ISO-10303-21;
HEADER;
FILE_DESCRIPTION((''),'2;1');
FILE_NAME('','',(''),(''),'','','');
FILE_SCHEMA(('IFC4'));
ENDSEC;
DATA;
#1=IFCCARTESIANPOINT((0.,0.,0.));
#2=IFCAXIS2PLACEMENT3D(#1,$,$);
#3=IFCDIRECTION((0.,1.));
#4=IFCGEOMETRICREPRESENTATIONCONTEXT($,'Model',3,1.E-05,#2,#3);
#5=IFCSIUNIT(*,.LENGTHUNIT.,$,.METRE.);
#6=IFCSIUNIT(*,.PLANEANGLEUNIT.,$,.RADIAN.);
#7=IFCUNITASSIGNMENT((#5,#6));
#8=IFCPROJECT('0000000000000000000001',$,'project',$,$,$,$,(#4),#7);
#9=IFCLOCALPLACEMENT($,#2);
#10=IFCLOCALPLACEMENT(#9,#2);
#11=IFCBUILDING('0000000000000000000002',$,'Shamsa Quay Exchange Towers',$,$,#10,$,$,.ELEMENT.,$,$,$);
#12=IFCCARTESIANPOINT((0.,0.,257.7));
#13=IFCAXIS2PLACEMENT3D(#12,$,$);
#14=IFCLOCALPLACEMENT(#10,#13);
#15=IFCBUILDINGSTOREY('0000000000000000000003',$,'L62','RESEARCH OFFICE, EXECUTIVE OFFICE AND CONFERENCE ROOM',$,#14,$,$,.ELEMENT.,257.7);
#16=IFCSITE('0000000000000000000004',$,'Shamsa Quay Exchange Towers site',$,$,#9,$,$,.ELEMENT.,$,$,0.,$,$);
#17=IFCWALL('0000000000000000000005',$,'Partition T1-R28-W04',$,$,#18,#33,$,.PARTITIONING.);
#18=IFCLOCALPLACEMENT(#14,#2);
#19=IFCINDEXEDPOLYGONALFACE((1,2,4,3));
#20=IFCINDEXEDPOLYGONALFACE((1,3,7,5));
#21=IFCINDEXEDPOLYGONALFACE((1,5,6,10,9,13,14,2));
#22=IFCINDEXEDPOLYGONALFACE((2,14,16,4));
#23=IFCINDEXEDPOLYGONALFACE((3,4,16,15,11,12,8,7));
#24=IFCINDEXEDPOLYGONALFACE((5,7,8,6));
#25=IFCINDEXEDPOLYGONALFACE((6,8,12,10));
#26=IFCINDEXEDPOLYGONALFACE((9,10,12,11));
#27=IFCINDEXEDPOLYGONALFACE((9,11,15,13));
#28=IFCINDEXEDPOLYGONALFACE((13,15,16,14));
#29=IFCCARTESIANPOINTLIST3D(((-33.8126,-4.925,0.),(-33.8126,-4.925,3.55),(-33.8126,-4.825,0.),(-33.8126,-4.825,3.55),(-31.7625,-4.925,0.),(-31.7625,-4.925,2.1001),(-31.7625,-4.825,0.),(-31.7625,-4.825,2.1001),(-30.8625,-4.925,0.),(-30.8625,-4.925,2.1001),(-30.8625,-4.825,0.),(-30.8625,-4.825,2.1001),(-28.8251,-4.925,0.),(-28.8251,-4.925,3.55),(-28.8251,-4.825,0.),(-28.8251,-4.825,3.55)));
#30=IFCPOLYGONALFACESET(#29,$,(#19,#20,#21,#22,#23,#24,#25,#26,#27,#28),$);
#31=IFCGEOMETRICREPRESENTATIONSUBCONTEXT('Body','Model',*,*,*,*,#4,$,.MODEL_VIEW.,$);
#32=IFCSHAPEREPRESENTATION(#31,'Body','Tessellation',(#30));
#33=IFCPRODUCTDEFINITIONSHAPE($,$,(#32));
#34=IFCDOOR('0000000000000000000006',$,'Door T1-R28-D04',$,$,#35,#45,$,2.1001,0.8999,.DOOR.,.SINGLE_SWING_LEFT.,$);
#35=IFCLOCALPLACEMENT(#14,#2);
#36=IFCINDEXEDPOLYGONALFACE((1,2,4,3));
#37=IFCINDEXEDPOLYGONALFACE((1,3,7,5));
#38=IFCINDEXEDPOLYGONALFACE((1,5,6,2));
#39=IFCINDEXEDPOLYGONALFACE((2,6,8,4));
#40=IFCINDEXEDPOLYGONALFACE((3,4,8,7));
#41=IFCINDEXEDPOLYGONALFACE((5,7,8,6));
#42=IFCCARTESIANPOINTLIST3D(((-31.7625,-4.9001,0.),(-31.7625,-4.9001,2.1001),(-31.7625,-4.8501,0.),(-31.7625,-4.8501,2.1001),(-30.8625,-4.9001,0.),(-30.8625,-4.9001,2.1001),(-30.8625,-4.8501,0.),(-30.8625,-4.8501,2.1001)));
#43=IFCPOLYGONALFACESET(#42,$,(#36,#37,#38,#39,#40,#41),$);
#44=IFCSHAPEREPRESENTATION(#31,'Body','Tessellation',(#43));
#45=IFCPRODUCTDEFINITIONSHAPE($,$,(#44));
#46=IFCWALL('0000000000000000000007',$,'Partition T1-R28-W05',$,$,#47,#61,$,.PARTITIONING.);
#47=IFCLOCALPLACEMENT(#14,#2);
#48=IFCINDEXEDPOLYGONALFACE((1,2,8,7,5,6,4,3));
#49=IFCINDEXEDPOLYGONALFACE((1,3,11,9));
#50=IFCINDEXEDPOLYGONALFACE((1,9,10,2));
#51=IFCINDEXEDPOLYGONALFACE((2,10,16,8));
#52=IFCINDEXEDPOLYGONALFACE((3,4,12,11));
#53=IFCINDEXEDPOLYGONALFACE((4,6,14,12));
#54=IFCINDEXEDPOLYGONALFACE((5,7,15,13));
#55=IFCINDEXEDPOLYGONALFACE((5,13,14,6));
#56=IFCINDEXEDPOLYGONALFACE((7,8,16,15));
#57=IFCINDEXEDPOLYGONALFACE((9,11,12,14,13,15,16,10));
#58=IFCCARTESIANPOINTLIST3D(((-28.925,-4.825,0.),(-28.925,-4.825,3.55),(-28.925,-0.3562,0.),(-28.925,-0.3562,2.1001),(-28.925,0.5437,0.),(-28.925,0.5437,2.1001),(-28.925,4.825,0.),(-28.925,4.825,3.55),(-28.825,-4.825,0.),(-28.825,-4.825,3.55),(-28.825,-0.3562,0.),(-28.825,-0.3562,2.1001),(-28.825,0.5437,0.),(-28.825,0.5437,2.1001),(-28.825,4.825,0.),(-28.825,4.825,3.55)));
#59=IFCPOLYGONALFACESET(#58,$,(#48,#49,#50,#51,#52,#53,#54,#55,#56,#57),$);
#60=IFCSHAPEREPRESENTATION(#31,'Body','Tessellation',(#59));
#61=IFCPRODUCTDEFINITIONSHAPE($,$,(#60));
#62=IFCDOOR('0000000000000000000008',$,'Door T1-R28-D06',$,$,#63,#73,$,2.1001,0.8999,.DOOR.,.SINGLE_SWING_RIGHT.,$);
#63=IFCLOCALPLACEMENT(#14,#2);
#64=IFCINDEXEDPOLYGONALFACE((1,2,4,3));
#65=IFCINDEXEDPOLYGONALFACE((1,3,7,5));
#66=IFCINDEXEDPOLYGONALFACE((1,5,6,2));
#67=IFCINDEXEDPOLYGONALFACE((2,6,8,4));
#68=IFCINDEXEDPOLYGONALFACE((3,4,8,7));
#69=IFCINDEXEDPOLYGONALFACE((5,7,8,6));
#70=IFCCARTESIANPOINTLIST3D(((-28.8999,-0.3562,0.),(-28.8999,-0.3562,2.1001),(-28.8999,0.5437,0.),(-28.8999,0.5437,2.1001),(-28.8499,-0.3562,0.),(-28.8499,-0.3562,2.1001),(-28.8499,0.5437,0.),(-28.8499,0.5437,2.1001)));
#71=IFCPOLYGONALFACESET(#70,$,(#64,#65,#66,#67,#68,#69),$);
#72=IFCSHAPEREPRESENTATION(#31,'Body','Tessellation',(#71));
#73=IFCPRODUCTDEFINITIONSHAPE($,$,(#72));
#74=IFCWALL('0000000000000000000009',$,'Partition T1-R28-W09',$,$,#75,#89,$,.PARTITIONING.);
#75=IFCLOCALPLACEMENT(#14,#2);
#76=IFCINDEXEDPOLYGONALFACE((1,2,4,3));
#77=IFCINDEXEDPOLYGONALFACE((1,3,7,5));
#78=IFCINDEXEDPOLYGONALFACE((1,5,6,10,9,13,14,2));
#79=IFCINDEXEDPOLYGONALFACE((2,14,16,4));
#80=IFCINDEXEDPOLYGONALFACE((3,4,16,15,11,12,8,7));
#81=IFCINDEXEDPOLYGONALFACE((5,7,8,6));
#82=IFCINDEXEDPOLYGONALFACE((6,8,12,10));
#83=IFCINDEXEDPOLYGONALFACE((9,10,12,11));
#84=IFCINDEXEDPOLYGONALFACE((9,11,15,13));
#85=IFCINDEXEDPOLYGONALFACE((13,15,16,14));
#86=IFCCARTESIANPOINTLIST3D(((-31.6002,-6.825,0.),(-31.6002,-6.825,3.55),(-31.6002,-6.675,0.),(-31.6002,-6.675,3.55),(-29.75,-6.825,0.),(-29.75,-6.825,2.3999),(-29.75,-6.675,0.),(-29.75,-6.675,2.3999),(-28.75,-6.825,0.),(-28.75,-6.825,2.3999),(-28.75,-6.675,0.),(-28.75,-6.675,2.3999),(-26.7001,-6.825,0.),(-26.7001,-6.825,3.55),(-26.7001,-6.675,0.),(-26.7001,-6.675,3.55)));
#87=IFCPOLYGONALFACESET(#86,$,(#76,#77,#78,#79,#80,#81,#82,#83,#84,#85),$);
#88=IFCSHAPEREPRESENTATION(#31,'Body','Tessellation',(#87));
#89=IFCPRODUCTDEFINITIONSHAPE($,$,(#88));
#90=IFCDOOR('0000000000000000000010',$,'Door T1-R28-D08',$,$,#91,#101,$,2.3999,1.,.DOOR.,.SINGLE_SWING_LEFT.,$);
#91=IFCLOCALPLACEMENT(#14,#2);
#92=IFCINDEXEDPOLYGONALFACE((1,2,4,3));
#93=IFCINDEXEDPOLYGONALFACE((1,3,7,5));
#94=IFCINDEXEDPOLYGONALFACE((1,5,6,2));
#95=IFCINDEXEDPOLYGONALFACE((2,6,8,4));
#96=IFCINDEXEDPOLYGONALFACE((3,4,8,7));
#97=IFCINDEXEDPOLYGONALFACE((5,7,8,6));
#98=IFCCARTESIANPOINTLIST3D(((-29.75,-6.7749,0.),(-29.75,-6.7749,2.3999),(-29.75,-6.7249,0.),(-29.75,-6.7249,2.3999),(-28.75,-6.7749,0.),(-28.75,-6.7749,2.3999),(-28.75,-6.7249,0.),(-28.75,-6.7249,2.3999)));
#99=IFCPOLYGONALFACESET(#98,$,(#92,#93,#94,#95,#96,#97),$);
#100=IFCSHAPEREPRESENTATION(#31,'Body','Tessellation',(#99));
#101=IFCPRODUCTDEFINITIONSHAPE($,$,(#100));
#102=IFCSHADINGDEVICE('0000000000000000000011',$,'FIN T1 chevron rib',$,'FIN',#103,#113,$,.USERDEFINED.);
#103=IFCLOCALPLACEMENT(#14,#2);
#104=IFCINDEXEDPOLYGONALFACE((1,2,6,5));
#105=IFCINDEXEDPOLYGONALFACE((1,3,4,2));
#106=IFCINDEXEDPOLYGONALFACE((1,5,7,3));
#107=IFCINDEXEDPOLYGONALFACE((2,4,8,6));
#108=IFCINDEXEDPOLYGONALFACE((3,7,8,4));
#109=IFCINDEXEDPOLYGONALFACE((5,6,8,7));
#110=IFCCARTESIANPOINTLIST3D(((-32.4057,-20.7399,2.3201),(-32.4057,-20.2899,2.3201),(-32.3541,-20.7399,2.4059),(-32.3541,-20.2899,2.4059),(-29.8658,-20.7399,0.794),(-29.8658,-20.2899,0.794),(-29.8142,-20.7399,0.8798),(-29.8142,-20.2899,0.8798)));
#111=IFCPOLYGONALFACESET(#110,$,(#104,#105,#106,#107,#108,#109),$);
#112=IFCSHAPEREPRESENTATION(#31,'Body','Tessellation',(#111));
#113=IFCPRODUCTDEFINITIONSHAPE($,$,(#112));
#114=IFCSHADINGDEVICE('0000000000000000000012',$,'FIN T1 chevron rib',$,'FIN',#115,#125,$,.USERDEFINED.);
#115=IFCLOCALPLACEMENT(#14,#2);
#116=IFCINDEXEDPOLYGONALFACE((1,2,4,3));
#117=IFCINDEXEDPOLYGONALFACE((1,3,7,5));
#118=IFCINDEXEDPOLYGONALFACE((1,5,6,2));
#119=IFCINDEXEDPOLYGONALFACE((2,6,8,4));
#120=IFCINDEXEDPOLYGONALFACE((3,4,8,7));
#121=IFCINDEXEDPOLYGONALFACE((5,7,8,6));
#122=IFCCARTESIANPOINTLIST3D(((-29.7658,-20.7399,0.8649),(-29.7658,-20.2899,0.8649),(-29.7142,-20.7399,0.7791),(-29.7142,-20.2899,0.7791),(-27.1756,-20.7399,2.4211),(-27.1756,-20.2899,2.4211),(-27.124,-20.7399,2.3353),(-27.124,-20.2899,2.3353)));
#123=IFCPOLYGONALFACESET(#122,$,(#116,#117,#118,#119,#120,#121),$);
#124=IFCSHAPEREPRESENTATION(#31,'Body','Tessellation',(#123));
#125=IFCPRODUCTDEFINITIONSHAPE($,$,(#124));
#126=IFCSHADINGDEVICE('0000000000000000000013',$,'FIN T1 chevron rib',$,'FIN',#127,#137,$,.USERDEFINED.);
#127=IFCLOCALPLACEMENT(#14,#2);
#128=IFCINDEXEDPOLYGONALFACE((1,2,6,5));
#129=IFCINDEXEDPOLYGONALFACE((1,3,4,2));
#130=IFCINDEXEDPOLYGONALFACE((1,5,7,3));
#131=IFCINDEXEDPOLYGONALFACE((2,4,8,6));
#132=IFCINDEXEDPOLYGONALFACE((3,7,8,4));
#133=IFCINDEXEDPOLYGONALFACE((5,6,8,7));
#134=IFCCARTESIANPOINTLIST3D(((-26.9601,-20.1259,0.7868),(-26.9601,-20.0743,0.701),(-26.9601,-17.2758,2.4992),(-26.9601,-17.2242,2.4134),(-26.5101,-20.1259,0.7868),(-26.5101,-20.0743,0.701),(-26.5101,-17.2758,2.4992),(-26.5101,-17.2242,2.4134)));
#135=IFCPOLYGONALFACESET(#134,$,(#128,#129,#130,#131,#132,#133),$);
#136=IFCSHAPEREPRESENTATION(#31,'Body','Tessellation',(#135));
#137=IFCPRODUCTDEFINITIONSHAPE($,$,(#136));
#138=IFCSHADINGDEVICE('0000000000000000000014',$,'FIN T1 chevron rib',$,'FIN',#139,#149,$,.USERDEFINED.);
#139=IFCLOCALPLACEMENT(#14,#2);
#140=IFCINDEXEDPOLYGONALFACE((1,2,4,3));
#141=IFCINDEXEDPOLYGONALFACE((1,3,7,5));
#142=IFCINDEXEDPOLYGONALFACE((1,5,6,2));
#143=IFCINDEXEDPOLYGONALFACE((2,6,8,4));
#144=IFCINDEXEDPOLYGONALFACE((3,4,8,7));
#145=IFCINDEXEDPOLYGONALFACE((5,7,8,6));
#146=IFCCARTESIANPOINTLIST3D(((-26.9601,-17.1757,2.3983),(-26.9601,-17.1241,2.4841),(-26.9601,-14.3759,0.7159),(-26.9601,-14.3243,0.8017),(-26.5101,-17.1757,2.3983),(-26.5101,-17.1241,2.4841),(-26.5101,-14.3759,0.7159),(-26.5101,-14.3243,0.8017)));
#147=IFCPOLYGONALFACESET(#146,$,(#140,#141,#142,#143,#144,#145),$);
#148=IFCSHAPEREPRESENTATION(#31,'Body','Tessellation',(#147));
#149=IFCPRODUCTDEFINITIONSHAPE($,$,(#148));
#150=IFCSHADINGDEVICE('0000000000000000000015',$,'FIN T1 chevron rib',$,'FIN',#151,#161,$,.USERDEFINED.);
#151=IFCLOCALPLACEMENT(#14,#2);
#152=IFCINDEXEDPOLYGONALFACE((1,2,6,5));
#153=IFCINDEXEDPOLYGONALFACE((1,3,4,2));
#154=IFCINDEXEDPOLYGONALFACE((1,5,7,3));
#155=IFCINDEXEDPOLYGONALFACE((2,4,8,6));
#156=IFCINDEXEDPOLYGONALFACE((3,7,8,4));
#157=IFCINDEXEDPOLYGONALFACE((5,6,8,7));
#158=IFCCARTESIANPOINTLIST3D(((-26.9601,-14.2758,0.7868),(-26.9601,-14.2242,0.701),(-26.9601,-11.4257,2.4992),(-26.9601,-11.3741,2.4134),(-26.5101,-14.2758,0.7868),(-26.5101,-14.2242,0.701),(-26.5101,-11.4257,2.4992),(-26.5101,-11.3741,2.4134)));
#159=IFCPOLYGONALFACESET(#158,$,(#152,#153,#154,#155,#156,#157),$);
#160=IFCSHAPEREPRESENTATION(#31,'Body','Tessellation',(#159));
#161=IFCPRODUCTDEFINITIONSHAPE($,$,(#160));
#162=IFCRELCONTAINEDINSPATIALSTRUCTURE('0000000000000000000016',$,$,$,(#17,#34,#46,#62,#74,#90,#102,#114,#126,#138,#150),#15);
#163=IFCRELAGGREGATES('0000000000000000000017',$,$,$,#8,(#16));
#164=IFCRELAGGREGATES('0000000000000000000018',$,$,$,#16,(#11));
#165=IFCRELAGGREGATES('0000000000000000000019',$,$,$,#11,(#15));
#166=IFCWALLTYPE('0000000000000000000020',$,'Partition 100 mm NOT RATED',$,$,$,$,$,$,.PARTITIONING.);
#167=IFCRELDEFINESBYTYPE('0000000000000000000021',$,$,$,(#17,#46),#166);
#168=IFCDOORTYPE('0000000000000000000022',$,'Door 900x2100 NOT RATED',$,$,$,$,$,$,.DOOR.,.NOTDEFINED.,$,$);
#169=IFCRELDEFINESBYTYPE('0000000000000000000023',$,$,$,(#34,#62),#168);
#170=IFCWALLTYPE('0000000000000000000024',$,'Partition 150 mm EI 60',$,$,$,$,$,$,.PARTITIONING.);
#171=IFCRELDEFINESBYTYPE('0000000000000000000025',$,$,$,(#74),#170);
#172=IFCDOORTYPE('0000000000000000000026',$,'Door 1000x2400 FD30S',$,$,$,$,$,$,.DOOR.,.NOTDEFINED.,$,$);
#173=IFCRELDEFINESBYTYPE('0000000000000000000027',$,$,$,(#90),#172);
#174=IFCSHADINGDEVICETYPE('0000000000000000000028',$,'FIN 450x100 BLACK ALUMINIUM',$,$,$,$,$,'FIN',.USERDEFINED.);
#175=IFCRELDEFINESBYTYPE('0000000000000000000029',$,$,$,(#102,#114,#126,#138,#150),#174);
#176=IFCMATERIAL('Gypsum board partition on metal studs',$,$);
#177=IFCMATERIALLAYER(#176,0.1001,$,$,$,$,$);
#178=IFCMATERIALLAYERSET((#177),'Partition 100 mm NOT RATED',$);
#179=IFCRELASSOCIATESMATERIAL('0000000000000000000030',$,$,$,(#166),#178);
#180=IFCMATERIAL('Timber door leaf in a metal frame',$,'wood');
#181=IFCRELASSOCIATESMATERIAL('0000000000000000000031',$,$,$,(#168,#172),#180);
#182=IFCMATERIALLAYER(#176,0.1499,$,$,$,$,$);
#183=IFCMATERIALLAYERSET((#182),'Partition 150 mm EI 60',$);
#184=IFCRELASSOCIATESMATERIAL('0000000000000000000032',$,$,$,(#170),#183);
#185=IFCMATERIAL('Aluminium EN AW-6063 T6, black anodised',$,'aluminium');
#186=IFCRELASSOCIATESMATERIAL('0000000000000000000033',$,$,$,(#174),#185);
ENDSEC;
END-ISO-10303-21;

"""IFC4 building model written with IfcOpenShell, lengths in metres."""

from ifc_helpers import new_model, si_unit, direction, frame, frame_2d, origin, origin_2d, place, context, subcontext, project, spatial, rectangle, extrude, material, layer, layer_set, material_profile, profile_set, type_object, element, fill, save


model = new_model("IFC4")

# Units and contexts
model_context = context("Model", 3, precision=1e-05, world=origin(), true_north=direction((0.0, 1.0)))
body_context = subcontext(model_context, "Body", "Model", "MODEL_VIEW")
ifc_project = project(units=[si_unit("LENGTHUNIT", "METRE"), si_unit("PLANEANGLEUNIT", "RADIAN")], contexts=[model_context])

# Site, building, storey
site_placement = place(None, origin())
site = spatial("IfcSite", under=ifc_project, at=site_placement, Name="Shamsa Quay Exchange Towers site", CompositionType="ELEMENT", RefElevation=0.0)
building_placement = place(site_placement, origin())
building = spatial("IfcBuilding", under=site, at=building_placement, Name="Shamsa Quay Exchange Towers", CompositionType="ELEMENT")
storey_placement = place(building_placement, frame((0.0, 0.0, 257.7)))
storey = spatial("IfcBuildingStorey", under=building, at=storey_placement, Name="L62", Description="RESEARCH OFFICE, EXECUTIVE OFFICE AND CONFERENCE ROOM", CompositionType="ELEMENT", Elevation=257.7)

# Shared definitions
ifc_material_1 = material(Name="Aluminium EN AW-6063 T6, black anodised", Category="aluminium")

# Shared definitions
ifc_material_2 = material(Name="Timber door leaf in a metal frame", Category="wood")

# Walls, openings, doors
ifc_material_3 = material(Name="Gypsum board partition on metal studs")
ifc_layer_1 = layer(ifc_material_3, 0.1001)
ifc_layer_set_1 = layer_set([ifc_layer_1], Name="Partition 100 mm NOT RATED")
wall_type_1 = type_object("IfcWallType", Name="Partition 100 mm NOT RATED", PredefinedType="PARTITIONING", material=ifc_layer_set_1)
wall_1_placement = place(storey_placement, frame((-33.8125, -4.875, 0.0)))
wall_1 = element("IfcWall", 1, at=wall_1_placement, inside=storey, type_object=wall_type_1, Name="Partition T1-R28-W04", PredefinedType="PARTITIONING", context=body_context, shape_type="SweptSolid", body=[
    extrude(rectangle(XDim=4.9875, YDim=0.1001, at=frame_2d((2.4937, 0.0))), origin(), (0.0, 0.0, 1.0), 3.55),
])
opening_1_placement = place(wall_1_placement, frame((2.05, 0.0, 0.0)))
opening_1 = element("IfcOpeningElement", 2, at=opening_1_placement, cuts=wall_1, PredefinedType="OPENING", context=body_context, shape_type="SweptSolid", body=[
    extrude(rectangle(XDim=0.8999, YDim=2.1001, at=frame_2d((0.45, 1.05))), frame((0.0, 0.0601, 0.0), z_axis=(0.0, -1.0, 0.0), x_axis=(1.0, 0.0, 0.0)), (0.0, 0.0, 1.0), 0.1201),
])
door_type_1 = type_object("IfcDoorType", Name="Door 900x2100 NOT RATED", OperationType="NOTDEFINED", PredefinedType="DOOR", material=ifc_material_2)
door_1_placement = place(opening_1_placement, origin())
door_1 = element("IfcDoor", 3, at=door_1_placement, inside=storey, type_object=door_type_1, Name="Door T1-R28-D04", OperationType="SINGLE_SWING_LEFT", OverallHeight=2.1001, OverallWidth=0.8999, PredefinedType="DOOR", context=body_context, shape_type="SweptSolid", body=[
    extrude(rectangle(XDim=0.8999, YDim=2.1001, at=frame_2d((0.45, 1.05))), frame((0.0, 0.0249, 0.0), z_axis=(0.0, -1.0, 0.0), x_axis=(1.0, 0.0, 0.0)), (0.0, 0.0, 1.0), 0.05),
])
fill(opening_1, door_1)
wall_2_placement = place(storey_placement, frame((-28.875, -4.825, 0.0), z_axis=(0.0, 0.0, 1.0), x_axis=(0.0, 1.0, 0.0)))
wall_2 = element("IfcWall", 4, at=wall_2_placement, inside=storey, type_object=wall_type_1, Name="Partition T1-R28-W05", PredefinedType="PARTITIONING", context=body_context, shape_type="SweptSolid", body=[
    extrude(rectangle(XDim=9.6499, YDim=0.1001, at=frame_2d((4.825, 0.0))), origin(), (0.0, 0.0, 1.0), 3.55),
])
opening_2_placement = place(wall_2_placement, frame((4.4688, 0.0, 0.0)))
opening_2 = element("IfcOpeningElement", 5, at=opening_2_placement, cuts=wall_2, PredefinedType="OPENING", context=body_context, shape_type="SweptSolid", body=[
    extrude(rectangle(XDim=0.8999, YDim=2.1001, at=frame_2d((0.45, 1.05))), frame((0.0, 0.0601, 0.0), z_axis=(0.0, -1.0, 0.0), x_axis=(1.0, 0.0, 0.0)), (0.0, 0.0, 1.0), 0.1201),
])
door_2_placement = place(opening_2_placement, origin())
door_2 = element("IfcDoor", 6, at=door_2_placement, inside=storey, type_object=door_type_1, Name="Door T1-R28-D06", OperationType="SINGLE_SWING_RIGHT", OverallHeight=2.1001, OverallWidth=0.8999, PredefinedType="DOOR", context=body_context, shape_type="SweptSolid", body=[
    extrude(rectangle(XDim=0.8999, YDim=2.1001, at=frame_2d((0.45, 1.05))), frame((0.0, 0.0249, 0.0), z_axis=(0.0, -1.0, 0.0), x_axis=(1.0, 0.0, 0.0)), (0.0, 0.0, 1.0), 0.05),
])
fill(opening_2, door_2)
ifc_layer_2 = layer(ifc_material_3, 0.1499)
ifc_layer_set_2 = layer_set([ifc_layer_2], Name="Partition 150 mm EI 60")
wall_type_2 = type_object("IfcWallType", Name="Partition 150 mm EI 60", PredefinedType="PARTITIONING", material=ifc_layer_set_2)
wall_3_placement = place(storey_placement, frame((-26.7, -6.75, 0.0), z_axis=(0.0, 0.0, 1.0), x_axis=(-1.0, 0.0, 0.0)))
wall_3 = element("IfcWall", 7, at=wall_3_placement, inside=storey, type_object=wall_type_2, Name="Partition T1-R28-W09", PredefinedType="PARTITIONING", context=body_context, shape_type="SweptSolid", body=[
    extrude(rectangle(XDim=4.9001, YDim=0.1499, at=frame_2d((2.4502, 0.0))), origin(), (0.0, 0.0, 1.0), 3.55),
])
opening_3_placement = place(wall_3_placement, frame((2.05, 0.0, 0.0)))
opening_3 = element("IfcOpeningElement", 8, at=opening_3_placement, cuts=wall_3, PredefinedType="OPENING", context=body_context, shape_type="SweptSolid", body=[
    extrude(rectangle(XDim=1.0, YDim=2.3999, at=frame_2d((0.5, 1.2))), frame((0.0, 0.085, 0.0), z_axis=(0.0, -1.0, 0.0), x_axis=(1.0, 0.0, 0.0)), (0.0, 0.0, 1.0), 0.1699),
])
door_type_2 = type_object("IfcDoorType", Name="Door 1000x2400 FD30S", OperationType="NOTDEFINED", PredefinedType="DOOR", material=ifc_material_2)
door_3_placement = place(opening_3_placement, origin())
door_3 = element("IfcDoor", 9, at=door_3_placement, inside=storey, type_object=door_type_2, Name="Door T1-R28-D08", OperationType="SINGLE_SWING_LEFT", OverallHeight=2.3999, OverallWidth=1.0, PredefinedType="DOOR", context=body_context, shape_type="SweptSolid", body=[
    extrude(rectangle(XDim=1.0, YDim=2.3999, at=frame_2d((0.5, 1.2))), frame((0.0, 0.0249, 0.0), z_axis=(0.0, -1.0, 0.0), x_axis=(1.0, 0.0, 0.0)), (0.0, 0.0, 1.0), 0.05),
])
fill(opening_3, door_3)

# Shading devices
ifc_material_profile_1 = material_profile(ifc_material_1, rectangle(XDim=0.45, YDim=0.1001, at=origin_2d()), Name="FIN450x100")
ifc_profile_set_1 = profile_set([ifc_material_profile_1], Name="Aluminium EN AW-6063 T6, black anodised")
shading_device_type = type_object("IfcShadingDeviceType", Name="FIN 450x100 BLACK ALUMINIUM", ElementType="FIN", PredefinedType="USERDEFINED", material=ifc_profile_set_1)
shading_device_1_placement = place(storey_placement, frame((-32.3799, -20.5149, 2.363), z_axis=(0.857158, 0.0, -0.515053), x_axis=(0.0, 1.0, 0.0)))
element("IfcShadingDevice", 10, at=shading_device_1_placement, inside=storey, type_object=shading_device_type, Name="FIN T1 chevron rib", ObjectType="FIN", PredefinedType="USERDEFINED", context=body_context, shape_type="SweptSolid", body=[
    extrude(rectangle(XDim=0.45, YDim=0.1001, at=origin_2d()), origin(), (0.0, 0.0, 1.0), 2.9631),
])
shading_device_2_placement = place(storey_placement, frame((-29.74, -20.5149, 0.822), z_axis=(0.857186, 0.0, 0.515007), x_axis=(0.0, 1.0, 0.0)))
element("IfcShadingDevice", 11, at=shading_device_2_placement, inside=storey, type_object=shading_device_type, Name="FIN T1 chevron rib", ObjectType="FIN", PredefinedType="USERDEFINED", context=body_context, shape_type="SweptSolid", body=[
    extrude(rectangle(XDim=0.45, YDim=0.1001, at=origin_2d()), origin(), (0.0, 0.0, 1.0), 3.0217),
])
shading_device_3_placement = place(storey_placement, frame((-26.7351, -20.1001, 0.7439), z_axis=(0.0, 0.857182, 0.515014), x_axis=(-1.0, 0.0, 0.0)))
element("IfcShadingDevice", 12, at=shading_device_3_placement, inside=storey, type_object=shading_device_type, Name="FIN T1 chevron rib", ObjectType="FIN", PredefinedType="USERDEFINED", context=body_context, shape_type="SweptSolid", body=[
    extrude(rectangle(XDim=0.45, YDim=0.1001, at=origin_2d()), origin(), (0.0, 0.0, 1.0), 3.325),
])
shading_device_4_placement = place(storey_placement, frame((-26.7351, -17.1499, 2.4412), z_axis=(0.0, 0.857156, -0.515056), x_axis=(-1.0, 0.0, 0.0)))
element("IfcShadingDevice", 13, at=shading_device_4_placement, inside=storey, type_object=shading_device_type, Name="FIN T1 chevron rib", ObjectType="FIN", PredefinedType="USERDEFINED", context=body_context, shape_type="SweptSolid", body=[
    extrude(rectangle(XDim=0.45, YDim=0.1001, at=origin_2d()), origin(), (0.0, 0.0, 1.0), 3.2664),
])
shading_device_5_placement = place(storey_placement, frame((-26.7351, -14.25, 0.7439), z_axis=(0.0, 0.857182, 0.515014), x_axis=(-1.0, 0.0, 0.0)))
element("IfcShadingDevice", 14, at=shading_device_5_placement, inside=storey, type_object=shading_device_type, Name="FIN T1 chevron rib", ObjectType="FIN", PredefinedType="USERDEFINED", context=body_context, shape_type="SweptSolid", body=[
    extrude(rectangle(XDim=0.45, YDim=0.1001, at=origin_2d()), origin(), (0.0, 0.0, 1.0), 3.325),
])

save(model, "model.ifc")
